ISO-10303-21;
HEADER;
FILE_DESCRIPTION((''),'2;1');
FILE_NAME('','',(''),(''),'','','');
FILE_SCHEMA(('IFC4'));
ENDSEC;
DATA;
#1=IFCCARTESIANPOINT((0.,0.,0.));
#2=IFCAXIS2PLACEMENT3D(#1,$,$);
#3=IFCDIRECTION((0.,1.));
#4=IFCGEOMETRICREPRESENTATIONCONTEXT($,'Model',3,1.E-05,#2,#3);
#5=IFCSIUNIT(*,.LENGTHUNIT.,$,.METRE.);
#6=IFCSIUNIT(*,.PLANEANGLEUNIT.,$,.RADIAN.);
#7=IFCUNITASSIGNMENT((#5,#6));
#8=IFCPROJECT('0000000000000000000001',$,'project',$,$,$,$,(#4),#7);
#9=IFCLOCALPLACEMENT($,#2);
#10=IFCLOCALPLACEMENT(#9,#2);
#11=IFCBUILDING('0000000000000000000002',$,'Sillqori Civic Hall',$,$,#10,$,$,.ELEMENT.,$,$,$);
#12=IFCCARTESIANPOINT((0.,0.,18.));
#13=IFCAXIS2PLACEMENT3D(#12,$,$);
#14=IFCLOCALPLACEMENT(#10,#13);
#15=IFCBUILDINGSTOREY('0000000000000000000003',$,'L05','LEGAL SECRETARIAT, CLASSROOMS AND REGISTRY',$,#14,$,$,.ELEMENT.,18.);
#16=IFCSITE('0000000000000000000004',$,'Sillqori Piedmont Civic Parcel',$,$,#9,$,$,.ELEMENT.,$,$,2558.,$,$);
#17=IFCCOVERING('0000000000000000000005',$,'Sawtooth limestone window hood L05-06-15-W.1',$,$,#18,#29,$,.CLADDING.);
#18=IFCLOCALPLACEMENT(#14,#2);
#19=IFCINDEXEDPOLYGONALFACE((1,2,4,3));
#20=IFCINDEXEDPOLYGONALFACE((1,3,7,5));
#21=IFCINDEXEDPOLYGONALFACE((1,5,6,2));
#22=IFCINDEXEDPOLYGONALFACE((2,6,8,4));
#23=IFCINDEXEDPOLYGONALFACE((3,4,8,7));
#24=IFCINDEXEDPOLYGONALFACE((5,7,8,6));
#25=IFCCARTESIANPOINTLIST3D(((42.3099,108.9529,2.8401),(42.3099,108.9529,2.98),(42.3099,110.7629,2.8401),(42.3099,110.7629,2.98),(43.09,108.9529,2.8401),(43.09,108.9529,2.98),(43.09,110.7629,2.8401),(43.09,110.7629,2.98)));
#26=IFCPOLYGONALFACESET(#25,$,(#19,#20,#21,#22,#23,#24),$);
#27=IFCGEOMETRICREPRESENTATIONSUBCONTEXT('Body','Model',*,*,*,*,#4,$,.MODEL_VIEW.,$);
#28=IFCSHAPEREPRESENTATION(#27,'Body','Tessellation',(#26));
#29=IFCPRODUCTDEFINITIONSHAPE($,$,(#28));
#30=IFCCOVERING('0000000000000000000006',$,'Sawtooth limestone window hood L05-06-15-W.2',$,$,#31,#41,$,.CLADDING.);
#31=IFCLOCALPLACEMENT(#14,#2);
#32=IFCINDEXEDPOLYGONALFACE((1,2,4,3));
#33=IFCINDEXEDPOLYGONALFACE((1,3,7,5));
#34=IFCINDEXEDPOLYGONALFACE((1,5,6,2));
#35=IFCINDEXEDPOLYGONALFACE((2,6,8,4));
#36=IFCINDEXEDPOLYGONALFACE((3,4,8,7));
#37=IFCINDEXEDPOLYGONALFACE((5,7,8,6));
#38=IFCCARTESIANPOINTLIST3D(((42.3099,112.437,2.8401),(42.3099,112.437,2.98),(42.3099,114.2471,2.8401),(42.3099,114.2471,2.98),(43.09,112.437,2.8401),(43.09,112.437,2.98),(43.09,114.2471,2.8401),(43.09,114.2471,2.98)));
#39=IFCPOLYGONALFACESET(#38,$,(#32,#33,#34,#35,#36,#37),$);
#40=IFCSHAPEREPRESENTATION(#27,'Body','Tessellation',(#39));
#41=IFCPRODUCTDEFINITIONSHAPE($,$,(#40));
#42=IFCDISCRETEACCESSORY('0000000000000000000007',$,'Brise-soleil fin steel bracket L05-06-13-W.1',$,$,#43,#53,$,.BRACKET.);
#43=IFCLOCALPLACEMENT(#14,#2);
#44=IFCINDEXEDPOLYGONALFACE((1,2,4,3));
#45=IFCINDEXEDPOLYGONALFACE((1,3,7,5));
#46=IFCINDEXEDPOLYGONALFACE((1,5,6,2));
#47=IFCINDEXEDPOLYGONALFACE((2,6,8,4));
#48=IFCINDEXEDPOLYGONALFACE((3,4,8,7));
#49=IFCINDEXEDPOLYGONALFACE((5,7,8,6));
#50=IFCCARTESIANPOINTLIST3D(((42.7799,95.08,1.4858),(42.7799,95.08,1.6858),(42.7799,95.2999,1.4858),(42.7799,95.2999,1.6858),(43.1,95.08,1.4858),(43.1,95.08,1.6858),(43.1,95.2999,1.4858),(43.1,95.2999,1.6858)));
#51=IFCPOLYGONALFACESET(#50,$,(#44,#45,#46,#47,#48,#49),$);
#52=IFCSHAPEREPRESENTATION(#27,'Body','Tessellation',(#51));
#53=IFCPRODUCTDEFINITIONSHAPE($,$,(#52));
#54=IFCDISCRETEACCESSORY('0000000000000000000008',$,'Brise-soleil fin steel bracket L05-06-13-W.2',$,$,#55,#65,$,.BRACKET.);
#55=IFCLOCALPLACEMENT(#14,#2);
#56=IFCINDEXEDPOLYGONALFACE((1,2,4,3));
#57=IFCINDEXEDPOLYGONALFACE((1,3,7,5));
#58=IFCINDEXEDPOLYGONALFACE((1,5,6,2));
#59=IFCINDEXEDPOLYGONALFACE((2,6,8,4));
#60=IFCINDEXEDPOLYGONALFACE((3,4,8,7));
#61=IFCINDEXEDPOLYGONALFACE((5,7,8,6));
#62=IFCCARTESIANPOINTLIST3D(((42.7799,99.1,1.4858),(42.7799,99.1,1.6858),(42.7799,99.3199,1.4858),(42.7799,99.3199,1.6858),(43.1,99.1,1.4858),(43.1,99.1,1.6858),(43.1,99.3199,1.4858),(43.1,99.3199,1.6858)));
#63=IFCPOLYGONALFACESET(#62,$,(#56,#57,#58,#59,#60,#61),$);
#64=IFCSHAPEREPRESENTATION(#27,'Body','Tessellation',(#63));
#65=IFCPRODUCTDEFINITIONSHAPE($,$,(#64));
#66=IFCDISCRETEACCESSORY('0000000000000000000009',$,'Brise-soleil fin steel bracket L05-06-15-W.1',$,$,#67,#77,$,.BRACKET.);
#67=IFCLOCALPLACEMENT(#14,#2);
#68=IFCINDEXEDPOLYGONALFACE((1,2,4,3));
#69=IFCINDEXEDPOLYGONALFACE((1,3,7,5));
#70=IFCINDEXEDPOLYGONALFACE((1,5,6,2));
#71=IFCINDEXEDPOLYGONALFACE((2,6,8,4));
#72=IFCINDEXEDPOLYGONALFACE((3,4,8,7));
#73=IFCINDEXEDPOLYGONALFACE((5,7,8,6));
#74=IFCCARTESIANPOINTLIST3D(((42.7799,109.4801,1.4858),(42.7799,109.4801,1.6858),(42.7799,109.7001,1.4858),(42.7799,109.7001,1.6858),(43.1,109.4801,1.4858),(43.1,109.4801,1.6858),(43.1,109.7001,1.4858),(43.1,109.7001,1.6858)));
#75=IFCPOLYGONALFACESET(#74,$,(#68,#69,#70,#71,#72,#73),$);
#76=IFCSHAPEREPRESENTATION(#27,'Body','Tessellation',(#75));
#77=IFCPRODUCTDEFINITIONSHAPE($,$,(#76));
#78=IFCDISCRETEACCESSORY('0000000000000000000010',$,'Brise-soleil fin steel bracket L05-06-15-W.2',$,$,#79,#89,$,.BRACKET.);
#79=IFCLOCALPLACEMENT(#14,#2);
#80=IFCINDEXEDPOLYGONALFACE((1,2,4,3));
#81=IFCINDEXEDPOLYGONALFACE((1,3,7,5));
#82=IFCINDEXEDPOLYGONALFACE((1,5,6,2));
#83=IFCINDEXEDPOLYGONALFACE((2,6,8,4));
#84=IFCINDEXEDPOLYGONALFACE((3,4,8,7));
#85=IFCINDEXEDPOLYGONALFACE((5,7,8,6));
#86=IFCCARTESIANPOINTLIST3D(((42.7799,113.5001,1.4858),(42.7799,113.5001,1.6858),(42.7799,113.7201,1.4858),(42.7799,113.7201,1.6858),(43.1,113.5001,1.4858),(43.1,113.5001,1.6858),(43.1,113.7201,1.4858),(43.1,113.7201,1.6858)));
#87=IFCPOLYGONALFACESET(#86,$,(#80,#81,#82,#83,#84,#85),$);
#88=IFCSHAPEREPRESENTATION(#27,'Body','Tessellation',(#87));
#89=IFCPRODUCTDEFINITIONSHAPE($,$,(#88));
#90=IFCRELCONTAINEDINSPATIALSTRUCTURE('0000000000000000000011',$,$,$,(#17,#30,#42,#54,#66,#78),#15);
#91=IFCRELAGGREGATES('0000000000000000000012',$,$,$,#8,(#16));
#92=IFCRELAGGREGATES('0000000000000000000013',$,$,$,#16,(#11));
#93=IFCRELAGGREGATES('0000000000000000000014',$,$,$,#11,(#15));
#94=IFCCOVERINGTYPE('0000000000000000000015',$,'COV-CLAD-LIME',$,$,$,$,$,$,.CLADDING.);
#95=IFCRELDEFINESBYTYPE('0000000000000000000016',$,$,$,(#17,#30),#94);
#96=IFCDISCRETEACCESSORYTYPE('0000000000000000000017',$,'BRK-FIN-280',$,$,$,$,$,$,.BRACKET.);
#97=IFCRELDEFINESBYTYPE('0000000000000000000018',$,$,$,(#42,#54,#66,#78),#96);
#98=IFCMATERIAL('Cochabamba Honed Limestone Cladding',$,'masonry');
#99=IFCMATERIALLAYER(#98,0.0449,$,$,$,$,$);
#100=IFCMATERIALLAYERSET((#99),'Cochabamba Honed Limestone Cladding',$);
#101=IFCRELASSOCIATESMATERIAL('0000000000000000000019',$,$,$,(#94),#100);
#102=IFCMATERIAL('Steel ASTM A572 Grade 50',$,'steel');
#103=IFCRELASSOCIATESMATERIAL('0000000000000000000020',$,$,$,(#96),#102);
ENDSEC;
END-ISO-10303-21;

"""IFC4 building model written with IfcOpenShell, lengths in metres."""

from ifc_helpers import new_model, si_unit, direction, frame, frame_2d, origin, origin_2d, place, context, subcontext, project, spatial, rectangle, extrude, material, layer, layer_set, type_object, element, save


model = new_model("IFC4")

# Units and contexts
model_context = context("Model", 3, precision=1e-05, world=origin(), true_north=direction((0.0, 1.0)))
body_context = subcontext(model_context, "Body", "Model", "MODEL_VIEW")
ifc_project = project(units=[si_unit("LENGTHUNIT", "METRE"), si_unit("PLANEANGLEUNIT", "RADIAN")], contexts=[model_context])

# Site, building, storey
site_placement = place(None, origin())
site = spatial("IfcSite", under=ifc_project, at=site_placement, Name="Sillqori Piedmont Civic Parcel", CompositionType="ELEMENT", RefElevation=2558.0)
building_placement = place(site_placement, origin())
building = spatial("IfcBuilding", under=site, at=building_placement, Name="Sillqori Civic Hall", CompositionType="ELEMENT")
storey_placement = place(building_placement, frame((0.0, 0.0, 18.0)))
storey = spatial("IfcBuildingStorey", under=building, at=storey_placement, Name="L05", Description="LEGAL SECRETARIAT, CLASSROOMS AND REGISTRY", CompositionType="ELEMENT", Elevation=18.0)

# Coverings
ifc_material_1 = material(Name="Cochabamba Honed Limestone Cladding", Category="masonry")
ifc_layer_1 = layer(ifc_material_1, 0.0449)
ifc_layer_set_1 = layer_set([ifc_layer_1], Name="Cochabamba Honed Limestone Cladding")
covering_type = type_object("IfcCoveringType", Name="COV-CLAD-LIME", PredefinedType="CLADDING", material=ifc_layer_set_1)
for number, where, z_axis, x_axis, name in (
    (1, (42.7, 108.9529, 2.8401), (0.0, 0.0, 1.0), (0.0, 1.0, 0.0), "Sawtooth limestone window hood L05-06-15-W.1"),
    (2, (42.7, 112.437, 2.8401), (0.0, 0.0, 1.0), (0.0, 1.0, 0.0), "Sawtooth limestone window hood L05-06-15-W.2"),
):
    element("IfcCovering", number, at=place(storey_placement, frame(where, z_axis=z_axis, x_axis=x_axis)), inside=storey, type_object=covering_type, Name=name, PredefinedType="CLADDING", context=body_context, shape_type="SweptSolid", body=[
        extrude(rectangle(XDim=1.8101, YDim=0.78, at=frame_2d((0.905, 0.0))), origin(), (0.0, 0.0, 1.0), 0.1399),
    ])

# Discrete accessories
ifc_material_2 = material(Name="Steel ASTM A572 Grade 50", Category="steel")
discrete_accessory_type = type_object("IfcDiscreteAccessoryType", Name="BRK-FIN-280", PredefinedType="BRACKET", material=ifc_material_2)
for number, where, z_axis, x_axis, name in (
    (3, (42.9399, 95.1899, 1.4858), (0.0, 0.0, 1.0), (0.0, 1.0, 0.0), "Brise-soleil fin steel bracket L05-06-13-W.1"),
    (4, (42.9399, 99.21, 1.4858), (0.0, 0.0, 1.0), (0.0, 1.0, 0.0), "Brise-soleil fin steel bracket L05-06-13-W.2"),
    (5, (42.9399, 109.5901, 1.4858), (0.0, 0.0, 1.0), (0.0, 1.0, 0.0), "Brise-soleil fin steel bracket L05-06-15-W.1"),
    (6, (42.9399, 113.6101, 1.4858), (0.0, 0.0, 1.0), (0.0, 1.0, 0.0), "Brise-soleil fin steel bracket L05-06-15-W.2"),
):
    element("IfcDiscreteAccessory", number, at=place(storey_placement, frame(where, z_axis=z_axis, x_axis=x_axis)), inside=storey, type_object=discrete_accessory_type, Name=name, PredefinedType="BRACKET", context=body_context, shape_type="SweptSolid", body=[
        extrude(rectangle(XDim=0.22, YDim=0.3201, at=origin_2d()), origin(), (0.0, 0.0, 1.0), 0.2),
    ])

save(model, "model.ifc")
